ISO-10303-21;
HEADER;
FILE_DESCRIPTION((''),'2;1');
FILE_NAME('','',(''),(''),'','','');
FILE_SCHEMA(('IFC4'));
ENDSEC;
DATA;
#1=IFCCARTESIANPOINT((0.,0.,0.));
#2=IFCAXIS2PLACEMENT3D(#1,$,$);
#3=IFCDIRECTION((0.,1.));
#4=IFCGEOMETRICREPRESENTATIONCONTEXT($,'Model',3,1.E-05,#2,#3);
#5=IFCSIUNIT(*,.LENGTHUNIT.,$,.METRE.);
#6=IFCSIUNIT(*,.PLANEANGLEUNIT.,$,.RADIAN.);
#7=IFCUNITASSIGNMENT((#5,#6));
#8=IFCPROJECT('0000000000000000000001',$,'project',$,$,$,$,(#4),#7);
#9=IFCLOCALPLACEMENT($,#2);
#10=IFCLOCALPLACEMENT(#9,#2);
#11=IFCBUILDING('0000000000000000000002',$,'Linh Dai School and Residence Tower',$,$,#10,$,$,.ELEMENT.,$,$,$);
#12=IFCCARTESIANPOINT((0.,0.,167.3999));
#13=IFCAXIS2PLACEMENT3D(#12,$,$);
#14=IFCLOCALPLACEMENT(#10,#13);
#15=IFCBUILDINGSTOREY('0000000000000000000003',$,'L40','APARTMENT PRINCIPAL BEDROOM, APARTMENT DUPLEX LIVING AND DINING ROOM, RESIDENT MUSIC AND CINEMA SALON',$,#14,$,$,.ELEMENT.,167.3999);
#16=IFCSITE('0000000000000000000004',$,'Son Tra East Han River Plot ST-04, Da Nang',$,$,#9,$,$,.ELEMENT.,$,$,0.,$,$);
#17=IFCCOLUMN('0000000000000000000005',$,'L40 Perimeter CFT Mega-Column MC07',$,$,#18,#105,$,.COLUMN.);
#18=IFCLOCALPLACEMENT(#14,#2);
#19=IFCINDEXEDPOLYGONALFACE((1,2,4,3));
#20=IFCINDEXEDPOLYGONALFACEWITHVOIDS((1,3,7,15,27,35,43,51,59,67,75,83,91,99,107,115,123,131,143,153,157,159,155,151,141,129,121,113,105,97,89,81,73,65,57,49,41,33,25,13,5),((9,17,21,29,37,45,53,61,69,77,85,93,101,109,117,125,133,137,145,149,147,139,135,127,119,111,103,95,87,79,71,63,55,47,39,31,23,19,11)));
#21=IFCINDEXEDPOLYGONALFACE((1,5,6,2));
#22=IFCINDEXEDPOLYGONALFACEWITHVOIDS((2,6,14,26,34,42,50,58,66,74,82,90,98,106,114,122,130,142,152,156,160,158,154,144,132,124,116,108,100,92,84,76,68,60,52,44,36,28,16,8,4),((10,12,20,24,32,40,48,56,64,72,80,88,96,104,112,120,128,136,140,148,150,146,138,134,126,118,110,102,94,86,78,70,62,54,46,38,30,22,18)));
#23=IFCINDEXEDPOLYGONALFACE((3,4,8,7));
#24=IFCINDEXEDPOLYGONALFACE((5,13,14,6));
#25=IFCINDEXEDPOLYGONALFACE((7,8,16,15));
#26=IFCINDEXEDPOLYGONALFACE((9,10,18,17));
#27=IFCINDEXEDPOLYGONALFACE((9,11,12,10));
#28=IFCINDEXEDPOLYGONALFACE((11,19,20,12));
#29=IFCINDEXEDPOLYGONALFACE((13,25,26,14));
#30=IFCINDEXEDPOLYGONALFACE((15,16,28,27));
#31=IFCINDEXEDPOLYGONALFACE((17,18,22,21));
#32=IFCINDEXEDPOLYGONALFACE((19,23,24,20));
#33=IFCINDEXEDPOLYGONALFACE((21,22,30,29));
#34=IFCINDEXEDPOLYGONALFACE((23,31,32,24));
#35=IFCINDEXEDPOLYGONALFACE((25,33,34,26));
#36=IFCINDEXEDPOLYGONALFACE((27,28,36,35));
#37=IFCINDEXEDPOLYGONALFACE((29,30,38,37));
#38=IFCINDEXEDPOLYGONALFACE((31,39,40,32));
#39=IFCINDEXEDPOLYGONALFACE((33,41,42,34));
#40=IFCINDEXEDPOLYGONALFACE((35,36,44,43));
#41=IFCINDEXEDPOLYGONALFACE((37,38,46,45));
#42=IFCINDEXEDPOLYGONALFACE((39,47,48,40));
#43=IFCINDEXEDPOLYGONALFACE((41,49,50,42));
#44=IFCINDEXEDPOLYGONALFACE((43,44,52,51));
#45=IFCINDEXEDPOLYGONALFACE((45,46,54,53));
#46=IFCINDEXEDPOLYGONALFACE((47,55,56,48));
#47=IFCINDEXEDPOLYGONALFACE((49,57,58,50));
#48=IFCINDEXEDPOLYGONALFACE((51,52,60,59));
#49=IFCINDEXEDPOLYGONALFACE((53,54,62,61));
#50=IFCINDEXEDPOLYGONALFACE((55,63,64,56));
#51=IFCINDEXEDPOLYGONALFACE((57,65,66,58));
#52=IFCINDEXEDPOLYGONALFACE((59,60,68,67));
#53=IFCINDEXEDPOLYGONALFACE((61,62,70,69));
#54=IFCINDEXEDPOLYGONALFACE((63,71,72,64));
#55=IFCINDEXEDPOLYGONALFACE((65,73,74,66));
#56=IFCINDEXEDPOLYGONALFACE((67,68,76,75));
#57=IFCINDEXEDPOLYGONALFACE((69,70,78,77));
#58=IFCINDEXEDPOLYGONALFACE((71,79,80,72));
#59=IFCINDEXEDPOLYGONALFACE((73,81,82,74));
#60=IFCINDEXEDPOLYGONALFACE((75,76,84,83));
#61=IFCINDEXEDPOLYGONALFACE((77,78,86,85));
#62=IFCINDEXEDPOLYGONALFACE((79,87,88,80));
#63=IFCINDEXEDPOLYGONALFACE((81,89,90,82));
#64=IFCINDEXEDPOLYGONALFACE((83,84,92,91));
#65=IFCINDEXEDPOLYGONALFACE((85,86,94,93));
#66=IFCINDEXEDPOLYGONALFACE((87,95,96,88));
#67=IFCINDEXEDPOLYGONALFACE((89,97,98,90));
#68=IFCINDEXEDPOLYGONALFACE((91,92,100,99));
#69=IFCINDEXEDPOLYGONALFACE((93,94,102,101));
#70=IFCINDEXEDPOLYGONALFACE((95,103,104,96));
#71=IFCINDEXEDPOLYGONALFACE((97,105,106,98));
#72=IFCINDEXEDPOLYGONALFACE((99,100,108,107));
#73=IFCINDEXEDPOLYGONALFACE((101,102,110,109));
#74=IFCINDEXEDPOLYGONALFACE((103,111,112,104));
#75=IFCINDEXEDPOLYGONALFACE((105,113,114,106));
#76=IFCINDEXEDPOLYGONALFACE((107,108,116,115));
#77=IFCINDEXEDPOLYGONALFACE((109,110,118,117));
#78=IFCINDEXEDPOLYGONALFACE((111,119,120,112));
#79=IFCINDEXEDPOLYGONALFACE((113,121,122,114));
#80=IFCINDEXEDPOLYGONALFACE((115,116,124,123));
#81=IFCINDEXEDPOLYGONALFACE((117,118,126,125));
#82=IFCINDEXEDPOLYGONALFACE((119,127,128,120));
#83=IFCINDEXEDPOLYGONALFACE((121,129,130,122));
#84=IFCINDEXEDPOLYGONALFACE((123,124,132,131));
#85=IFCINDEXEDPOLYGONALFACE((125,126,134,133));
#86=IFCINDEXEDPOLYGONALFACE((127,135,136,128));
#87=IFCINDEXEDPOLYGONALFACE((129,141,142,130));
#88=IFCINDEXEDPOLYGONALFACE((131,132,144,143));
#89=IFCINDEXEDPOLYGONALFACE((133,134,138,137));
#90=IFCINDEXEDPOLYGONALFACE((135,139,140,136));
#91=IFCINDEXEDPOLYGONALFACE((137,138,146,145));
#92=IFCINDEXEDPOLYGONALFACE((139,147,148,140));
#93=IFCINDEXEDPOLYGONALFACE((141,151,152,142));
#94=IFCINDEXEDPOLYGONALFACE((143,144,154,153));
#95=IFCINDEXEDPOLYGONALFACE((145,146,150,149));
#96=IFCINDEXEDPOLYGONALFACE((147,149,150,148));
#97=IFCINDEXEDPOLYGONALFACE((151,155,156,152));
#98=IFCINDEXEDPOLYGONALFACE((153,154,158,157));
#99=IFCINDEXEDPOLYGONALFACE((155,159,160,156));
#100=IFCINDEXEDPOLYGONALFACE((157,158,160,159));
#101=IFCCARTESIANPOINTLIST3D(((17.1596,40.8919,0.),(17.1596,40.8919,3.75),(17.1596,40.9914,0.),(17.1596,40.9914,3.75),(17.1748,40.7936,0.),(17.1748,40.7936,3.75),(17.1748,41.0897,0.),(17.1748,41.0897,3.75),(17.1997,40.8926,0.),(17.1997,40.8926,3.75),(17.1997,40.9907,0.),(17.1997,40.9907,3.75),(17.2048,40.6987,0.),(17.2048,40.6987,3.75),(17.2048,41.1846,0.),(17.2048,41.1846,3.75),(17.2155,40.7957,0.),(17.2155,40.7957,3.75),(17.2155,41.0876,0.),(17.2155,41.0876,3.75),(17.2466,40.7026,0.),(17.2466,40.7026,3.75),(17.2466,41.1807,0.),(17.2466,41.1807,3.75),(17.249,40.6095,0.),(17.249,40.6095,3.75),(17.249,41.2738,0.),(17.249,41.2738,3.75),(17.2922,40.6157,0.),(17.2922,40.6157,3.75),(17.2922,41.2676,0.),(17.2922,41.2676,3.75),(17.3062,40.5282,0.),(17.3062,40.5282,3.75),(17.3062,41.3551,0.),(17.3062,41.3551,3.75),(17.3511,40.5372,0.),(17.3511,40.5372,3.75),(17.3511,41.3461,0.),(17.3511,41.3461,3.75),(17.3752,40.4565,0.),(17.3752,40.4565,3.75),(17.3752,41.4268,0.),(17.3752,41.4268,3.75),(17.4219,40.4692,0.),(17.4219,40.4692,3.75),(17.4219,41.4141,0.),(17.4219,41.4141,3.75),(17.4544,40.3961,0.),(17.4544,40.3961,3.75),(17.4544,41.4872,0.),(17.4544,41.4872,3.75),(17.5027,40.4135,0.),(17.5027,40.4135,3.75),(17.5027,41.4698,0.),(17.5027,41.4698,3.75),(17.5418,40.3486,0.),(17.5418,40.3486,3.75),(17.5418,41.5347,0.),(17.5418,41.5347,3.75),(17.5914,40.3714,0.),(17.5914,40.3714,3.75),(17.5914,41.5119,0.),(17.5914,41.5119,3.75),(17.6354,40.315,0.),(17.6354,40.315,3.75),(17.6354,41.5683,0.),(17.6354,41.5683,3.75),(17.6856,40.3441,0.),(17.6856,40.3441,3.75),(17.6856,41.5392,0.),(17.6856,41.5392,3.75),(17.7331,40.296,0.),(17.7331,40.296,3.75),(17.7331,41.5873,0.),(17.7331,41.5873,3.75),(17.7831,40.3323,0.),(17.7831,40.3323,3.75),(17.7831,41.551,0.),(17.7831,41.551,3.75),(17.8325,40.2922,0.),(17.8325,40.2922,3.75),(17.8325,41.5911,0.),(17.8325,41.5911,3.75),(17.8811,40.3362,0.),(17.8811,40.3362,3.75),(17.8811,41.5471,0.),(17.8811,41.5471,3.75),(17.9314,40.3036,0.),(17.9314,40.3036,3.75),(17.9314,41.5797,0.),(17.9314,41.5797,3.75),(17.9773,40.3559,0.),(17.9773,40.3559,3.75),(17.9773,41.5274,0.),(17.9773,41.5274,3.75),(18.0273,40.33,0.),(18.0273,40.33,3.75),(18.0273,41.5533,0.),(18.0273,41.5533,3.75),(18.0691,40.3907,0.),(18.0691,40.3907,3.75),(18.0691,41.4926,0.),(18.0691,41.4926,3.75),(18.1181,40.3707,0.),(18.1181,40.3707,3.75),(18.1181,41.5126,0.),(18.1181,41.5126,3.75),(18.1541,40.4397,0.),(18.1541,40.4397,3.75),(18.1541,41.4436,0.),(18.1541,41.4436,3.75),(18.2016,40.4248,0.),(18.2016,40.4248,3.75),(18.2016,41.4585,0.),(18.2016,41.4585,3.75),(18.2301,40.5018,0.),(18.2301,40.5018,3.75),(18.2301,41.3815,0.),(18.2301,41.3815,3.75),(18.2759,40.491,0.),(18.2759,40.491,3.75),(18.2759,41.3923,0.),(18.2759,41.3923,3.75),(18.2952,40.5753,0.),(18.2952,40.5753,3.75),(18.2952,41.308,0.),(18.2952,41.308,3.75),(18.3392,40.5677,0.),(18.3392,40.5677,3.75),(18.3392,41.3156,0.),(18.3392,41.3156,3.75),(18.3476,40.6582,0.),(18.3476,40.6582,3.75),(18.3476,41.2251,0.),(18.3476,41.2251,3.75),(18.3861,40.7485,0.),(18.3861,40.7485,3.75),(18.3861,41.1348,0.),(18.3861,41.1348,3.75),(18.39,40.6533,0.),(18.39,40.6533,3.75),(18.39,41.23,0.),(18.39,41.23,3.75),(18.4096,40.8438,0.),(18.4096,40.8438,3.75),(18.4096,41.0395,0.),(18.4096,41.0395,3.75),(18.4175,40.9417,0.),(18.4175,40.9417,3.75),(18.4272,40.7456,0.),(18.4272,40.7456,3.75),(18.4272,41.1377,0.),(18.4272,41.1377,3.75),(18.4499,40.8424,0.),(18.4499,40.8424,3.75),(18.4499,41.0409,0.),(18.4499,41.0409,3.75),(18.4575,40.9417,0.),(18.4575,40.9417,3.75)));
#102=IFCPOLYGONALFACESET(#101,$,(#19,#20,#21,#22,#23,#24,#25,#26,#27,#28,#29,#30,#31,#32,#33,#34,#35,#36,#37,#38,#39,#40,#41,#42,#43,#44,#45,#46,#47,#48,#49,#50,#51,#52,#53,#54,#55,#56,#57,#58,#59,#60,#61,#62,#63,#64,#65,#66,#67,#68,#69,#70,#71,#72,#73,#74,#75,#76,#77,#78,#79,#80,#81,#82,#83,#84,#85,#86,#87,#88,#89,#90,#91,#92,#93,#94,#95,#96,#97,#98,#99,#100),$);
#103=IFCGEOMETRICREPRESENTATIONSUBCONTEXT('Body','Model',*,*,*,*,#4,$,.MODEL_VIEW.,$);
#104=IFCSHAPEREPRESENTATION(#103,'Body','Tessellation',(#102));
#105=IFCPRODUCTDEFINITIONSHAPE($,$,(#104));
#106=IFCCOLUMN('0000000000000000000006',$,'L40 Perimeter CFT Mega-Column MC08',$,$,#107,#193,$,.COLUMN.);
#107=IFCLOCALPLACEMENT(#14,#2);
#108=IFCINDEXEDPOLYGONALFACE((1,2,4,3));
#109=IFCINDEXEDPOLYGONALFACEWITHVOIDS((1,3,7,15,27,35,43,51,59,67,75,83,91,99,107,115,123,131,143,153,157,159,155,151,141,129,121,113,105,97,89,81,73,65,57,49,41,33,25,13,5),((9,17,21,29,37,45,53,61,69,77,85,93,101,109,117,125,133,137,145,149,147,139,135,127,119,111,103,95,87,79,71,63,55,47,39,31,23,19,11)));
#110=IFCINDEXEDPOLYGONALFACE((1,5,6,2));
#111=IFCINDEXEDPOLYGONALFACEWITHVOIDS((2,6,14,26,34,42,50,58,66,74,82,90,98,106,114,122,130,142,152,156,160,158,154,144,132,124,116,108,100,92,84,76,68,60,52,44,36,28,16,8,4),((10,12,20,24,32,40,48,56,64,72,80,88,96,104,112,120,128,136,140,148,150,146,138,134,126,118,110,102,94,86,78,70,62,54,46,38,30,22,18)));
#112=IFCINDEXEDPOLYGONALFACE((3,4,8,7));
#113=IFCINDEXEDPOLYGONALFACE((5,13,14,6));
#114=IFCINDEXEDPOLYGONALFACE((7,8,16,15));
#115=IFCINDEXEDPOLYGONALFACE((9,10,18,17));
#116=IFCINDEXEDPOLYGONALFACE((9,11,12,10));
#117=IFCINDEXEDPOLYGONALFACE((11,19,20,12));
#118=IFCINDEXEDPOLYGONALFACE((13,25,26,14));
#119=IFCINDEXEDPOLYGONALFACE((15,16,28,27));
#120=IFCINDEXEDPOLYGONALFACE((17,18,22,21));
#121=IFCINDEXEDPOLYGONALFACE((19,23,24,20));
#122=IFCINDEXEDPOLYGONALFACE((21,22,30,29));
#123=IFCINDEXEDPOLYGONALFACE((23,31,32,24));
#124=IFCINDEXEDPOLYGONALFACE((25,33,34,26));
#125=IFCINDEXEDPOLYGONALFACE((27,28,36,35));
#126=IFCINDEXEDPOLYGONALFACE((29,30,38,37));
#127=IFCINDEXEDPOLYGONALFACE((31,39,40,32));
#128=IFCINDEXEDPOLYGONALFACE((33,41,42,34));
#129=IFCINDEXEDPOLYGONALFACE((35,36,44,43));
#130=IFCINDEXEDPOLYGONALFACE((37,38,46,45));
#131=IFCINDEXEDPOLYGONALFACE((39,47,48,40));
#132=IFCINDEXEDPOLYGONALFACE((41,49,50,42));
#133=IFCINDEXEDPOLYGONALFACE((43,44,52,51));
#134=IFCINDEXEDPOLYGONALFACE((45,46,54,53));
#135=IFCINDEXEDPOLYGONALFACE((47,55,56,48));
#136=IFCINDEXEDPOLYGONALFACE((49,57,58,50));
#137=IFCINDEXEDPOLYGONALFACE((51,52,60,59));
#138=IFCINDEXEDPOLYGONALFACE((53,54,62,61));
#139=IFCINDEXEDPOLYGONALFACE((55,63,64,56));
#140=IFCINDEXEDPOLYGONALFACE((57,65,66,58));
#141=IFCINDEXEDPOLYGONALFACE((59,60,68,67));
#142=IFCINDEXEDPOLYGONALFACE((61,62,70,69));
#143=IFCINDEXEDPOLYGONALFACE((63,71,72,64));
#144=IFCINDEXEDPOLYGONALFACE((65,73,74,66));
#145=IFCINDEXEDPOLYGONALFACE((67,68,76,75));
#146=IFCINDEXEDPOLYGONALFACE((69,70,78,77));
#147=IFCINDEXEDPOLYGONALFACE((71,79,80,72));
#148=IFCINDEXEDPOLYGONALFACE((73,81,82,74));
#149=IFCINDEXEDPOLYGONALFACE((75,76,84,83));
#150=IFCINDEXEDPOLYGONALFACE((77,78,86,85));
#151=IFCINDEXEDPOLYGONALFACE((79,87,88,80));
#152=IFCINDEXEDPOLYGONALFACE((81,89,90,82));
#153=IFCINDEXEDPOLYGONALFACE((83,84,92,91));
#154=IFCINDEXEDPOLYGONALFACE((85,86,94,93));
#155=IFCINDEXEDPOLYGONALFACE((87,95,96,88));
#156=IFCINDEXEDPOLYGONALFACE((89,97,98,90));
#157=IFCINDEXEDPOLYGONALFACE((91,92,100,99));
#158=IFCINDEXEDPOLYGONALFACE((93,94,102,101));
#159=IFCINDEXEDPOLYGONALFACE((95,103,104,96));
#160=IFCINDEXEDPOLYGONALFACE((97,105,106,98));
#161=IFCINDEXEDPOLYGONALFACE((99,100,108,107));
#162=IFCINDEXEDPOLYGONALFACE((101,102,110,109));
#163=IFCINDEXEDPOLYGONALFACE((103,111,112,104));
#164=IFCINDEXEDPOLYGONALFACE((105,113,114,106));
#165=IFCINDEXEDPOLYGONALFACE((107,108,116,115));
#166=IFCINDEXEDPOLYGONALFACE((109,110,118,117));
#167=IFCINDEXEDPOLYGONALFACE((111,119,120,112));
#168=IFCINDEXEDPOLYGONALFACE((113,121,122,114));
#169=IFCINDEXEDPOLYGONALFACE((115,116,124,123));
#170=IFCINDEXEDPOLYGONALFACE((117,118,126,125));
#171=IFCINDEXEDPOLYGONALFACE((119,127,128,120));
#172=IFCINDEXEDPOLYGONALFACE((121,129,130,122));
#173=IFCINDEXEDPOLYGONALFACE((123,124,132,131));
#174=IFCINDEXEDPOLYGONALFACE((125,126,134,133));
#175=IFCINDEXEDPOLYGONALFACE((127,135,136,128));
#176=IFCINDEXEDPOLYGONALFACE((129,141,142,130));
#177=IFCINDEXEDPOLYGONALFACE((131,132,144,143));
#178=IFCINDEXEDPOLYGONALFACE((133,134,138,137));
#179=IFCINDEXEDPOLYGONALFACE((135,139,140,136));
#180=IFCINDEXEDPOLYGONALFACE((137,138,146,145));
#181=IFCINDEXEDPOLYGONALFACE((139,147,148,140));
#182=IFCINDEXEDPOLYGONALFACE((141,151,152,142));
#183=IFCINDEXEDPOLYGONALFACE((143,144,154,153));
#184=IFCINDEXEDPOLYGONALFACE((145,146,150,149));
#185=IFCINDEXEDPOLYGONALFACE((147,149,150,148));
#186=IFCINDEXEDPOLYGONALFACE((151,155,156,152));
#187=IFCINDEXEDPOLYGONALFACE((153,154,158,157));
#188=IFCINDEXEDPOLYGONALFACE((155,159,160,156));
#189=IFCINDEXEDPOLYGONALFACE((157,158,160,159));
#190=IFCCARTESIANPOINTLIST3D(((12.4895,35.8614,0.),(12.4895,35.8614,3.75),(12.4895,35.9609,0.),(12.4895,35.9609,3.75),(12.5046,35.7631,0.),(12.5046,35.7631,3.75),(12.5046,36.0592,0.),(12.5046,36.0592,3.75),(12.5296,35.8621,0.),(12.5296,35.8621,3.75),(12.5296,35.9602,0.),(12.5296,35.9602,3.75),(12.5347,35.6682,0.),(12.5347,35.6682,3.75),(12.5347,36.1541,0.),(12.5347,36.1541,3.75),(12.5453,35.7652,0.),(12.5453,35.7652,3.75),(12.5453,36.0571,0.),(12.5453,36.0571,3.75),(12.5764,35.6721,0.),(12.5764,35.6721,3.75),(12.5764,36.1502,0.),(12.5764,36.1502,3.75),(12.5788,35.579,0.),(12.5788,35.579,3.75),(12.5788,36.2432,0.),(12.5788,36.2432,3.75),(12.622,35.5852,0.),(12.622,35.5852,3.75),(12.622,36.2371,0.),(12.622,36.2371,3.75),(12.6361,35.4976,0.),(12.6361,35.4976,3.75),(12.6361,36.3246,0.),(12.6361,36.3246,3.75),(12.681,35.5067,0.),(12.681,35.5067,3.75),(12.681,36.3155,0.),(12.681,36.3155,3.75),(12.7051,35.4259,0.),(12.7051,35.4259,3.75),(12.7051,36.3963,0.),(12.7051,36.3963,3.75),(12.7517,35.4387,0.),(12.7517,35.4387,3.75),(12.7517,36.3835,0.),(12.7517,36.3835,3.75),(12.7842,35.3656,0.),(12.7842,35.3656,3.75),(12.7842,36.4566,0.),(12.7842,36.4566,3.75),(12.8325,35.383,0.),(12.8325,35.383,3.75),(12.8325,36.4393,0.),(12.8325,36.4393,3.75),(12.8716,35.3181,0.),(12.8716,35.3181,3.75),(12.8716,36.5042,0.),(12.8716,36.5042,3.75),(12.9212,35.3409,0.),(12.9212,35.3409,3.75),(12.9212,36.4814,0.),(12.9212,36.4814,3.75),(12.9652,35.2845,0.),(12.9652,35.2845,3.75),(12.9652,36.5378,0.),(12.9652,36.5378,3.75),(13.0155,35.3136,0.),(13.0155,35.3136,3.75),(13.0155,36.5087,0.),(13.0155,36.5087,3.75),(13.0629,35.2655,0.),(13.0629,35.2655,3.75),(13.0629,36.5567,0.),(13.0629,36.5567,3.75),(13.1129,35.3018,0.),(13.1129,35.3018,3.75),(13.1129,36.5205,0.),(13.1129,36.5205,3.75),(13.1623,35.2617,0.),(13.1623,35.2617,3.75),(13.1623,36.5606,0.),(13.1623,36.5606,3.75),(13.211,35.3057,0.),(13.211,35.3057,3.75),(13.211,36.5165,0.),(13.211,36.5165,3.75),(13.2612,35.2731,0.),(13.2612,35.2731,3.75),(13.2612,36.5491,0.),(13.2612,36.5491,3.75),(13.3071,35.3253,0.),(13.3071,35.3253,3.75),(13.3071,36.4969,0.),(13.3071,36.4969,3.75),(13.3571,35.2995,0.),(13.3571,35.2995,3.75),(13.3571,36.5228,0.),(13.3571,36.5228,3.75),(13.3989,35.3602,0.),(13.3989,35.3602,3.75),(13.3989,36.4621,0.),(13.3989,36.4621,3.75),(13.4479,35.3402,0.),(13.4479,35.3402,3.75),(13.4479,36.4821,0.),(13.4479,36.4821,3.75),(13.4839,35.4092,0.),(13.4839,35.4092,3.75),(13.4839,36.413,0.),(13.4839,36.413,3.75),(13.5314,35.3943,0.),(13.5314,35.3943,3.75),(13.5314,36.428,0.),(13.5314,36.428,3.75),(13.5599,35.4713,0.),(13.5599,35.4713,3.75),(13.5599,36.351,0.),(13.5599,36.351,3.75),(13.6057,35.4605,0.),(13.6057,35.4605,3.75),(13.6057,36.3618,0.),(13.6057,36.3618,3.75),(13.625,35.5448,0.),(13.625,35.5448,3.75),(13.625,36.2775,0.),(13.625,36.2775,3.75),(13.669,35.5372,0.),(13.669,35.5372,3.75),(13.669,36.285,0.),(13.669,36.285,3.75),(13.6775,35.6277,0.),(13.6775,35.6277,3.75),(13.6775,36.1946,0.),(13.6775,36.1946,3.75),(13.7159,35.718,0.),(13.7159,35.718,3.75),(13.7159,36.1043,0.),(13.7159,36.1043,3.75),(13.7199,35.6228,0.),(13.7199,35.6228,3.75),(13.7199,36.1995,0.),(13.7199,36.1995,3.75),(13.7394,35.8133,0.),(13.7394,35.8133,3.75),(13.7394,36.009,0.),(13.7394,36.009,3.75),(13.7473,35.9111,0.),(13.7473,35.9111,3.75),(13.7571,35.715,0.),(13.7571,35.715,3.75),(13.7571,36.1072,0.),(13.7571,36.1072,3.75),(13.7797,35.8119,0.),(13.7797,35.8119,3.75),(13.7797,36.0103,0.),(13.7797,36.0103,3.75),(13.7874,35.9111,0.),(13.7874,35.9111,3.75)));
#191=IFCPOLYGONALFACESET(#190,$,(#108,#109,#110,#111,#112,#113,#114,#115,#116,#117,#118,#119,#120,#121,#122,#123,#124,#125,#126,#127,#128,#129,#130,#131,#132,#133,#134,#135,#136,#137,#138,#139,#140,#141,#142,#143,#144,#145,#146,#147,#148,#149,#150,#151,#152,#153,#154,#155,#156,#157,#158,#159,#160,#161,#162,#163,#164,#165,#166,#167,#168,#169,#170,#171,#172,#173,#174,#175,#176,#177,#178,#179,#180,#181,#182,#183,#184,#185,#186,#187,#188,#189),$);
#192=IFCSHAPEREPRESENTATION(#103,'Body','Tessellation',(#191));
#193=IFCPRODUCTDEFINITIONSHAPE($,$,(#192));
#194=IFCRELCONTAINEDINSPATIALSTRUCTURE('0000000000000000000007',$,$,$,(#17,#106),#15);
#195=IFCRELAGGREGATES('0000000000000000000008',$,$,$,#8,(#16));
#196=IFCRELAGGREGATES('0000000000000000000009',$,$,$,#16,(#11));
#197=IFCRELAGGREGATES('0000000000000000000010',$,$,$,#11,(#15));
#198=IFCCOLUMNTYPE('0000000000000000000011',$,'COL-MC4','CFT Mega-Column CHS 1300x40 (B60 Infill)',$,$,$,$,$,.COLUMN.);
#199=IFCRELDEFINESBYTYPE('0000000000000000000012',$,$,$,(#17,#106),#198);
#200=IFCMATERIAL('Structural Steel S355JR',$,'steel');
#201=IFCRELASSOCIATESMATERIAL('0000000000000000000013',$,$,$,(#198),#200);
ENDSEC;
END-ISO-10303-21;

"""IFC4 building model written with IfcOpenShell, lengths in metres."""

from ifc_helpers import new_model, si_unit, direction, frame, origin, origin_2d, place, context, subcontext, project, spatial, hollow_circle, extrude, material, material_profile, profile_set, type_object, element, save


model = new_model("IFC4")

# Units and contexts
model_context = context("Model", 3, precision=1e-05, world=origin(), true_north=direction((0.0, 1.0)))
body_context = subcontext(model_context, "Body", "Model", "MODEL_VIEW")
ifc_project = project(units=[si_unit("LENGTHUNIT", "METRE"), si_unit("PLANEANGLEUNIT", "RADIAN")], contexts=[model_context])

# Site, building, storey
site_placement = place(None, origin())
site = spatial("IfcSite", under=ifc_project, at=site_placement, Name="Son Tra East Han River Plot ST-04, Da Nang", CompositionType="ELEMENT", RefElevation=0.0)
building_placement = place(site_placement, origin())
building = spatial("IfcBuilding", under=site, at=building_placement, Name="Linh Dai School and Residence Tower", CompositionType="ELEMENT")
storey_placement = place(building_placement, frame((0.0, 0.0, 167.3999)))
storey = spatial("IfcBuildingStorey", under=building, at=storey_placement, Name="L40", Description="APARTMENT PRINCIPAL BEDROOM, APARTMENT DUPLEX LIVING AND DINING ROOM, RESIDENT MUSIC AND CINEMA SALON", CompositionType="ELEMENT", Elevation=167.3999)

# Columns
ifc_material_1 = material(Name="Structural Steel S355JR", Category="steel")
ifc_material_profile_1 = material_profile(ifc_material_1, hollow_circle(Radius=0.6499, WallThickness=0.04, at=origin_2d()), Name="CHS 1300x40")
ifc_profile_set_1 = profile_set([ifc_material_profile_1], Name="Structural Steel S355JR")
column_type = type_object("IfcColumnType", Name="COL-MC4", Description="CFT Mega-Column CHS 1300x40 (B60 Infill)", PredefinedType="COLUMN", material=ifc_profile_set_1)
for number, where, z_axis, x_axis, name in (
    (1, (17.8076, 40.9417, 0.0), (0.0, 0.0, 1.0), (1.0, 0.0, 0.0), "L40 Perimeter CFT Mega-Column MC07"),
    (2, (13.1375, 35.9111, 0.0), (0.0, 0.0, 1.0), (1.0, 0.0, 0.0), "L40 Perimeter CFT Mega-Column MC08"),
):
    element("IfcColumn", number, at=place(storey_placement, frame(where, z_axis=z_axis, x_axis=x_axis)), inside=storey, type_object=column_type, Name=name, PredefinedType="COLUMN", context=body_context, shape_type="SweptSolid", body=[
        extrude(hollow_circle(Radius=0.6499, WallThickness=0.04, at=origin_2d()), origin(), (0.0, 0.0, 1.0), 3.75),
    ])

save(model, "model.ifc")
